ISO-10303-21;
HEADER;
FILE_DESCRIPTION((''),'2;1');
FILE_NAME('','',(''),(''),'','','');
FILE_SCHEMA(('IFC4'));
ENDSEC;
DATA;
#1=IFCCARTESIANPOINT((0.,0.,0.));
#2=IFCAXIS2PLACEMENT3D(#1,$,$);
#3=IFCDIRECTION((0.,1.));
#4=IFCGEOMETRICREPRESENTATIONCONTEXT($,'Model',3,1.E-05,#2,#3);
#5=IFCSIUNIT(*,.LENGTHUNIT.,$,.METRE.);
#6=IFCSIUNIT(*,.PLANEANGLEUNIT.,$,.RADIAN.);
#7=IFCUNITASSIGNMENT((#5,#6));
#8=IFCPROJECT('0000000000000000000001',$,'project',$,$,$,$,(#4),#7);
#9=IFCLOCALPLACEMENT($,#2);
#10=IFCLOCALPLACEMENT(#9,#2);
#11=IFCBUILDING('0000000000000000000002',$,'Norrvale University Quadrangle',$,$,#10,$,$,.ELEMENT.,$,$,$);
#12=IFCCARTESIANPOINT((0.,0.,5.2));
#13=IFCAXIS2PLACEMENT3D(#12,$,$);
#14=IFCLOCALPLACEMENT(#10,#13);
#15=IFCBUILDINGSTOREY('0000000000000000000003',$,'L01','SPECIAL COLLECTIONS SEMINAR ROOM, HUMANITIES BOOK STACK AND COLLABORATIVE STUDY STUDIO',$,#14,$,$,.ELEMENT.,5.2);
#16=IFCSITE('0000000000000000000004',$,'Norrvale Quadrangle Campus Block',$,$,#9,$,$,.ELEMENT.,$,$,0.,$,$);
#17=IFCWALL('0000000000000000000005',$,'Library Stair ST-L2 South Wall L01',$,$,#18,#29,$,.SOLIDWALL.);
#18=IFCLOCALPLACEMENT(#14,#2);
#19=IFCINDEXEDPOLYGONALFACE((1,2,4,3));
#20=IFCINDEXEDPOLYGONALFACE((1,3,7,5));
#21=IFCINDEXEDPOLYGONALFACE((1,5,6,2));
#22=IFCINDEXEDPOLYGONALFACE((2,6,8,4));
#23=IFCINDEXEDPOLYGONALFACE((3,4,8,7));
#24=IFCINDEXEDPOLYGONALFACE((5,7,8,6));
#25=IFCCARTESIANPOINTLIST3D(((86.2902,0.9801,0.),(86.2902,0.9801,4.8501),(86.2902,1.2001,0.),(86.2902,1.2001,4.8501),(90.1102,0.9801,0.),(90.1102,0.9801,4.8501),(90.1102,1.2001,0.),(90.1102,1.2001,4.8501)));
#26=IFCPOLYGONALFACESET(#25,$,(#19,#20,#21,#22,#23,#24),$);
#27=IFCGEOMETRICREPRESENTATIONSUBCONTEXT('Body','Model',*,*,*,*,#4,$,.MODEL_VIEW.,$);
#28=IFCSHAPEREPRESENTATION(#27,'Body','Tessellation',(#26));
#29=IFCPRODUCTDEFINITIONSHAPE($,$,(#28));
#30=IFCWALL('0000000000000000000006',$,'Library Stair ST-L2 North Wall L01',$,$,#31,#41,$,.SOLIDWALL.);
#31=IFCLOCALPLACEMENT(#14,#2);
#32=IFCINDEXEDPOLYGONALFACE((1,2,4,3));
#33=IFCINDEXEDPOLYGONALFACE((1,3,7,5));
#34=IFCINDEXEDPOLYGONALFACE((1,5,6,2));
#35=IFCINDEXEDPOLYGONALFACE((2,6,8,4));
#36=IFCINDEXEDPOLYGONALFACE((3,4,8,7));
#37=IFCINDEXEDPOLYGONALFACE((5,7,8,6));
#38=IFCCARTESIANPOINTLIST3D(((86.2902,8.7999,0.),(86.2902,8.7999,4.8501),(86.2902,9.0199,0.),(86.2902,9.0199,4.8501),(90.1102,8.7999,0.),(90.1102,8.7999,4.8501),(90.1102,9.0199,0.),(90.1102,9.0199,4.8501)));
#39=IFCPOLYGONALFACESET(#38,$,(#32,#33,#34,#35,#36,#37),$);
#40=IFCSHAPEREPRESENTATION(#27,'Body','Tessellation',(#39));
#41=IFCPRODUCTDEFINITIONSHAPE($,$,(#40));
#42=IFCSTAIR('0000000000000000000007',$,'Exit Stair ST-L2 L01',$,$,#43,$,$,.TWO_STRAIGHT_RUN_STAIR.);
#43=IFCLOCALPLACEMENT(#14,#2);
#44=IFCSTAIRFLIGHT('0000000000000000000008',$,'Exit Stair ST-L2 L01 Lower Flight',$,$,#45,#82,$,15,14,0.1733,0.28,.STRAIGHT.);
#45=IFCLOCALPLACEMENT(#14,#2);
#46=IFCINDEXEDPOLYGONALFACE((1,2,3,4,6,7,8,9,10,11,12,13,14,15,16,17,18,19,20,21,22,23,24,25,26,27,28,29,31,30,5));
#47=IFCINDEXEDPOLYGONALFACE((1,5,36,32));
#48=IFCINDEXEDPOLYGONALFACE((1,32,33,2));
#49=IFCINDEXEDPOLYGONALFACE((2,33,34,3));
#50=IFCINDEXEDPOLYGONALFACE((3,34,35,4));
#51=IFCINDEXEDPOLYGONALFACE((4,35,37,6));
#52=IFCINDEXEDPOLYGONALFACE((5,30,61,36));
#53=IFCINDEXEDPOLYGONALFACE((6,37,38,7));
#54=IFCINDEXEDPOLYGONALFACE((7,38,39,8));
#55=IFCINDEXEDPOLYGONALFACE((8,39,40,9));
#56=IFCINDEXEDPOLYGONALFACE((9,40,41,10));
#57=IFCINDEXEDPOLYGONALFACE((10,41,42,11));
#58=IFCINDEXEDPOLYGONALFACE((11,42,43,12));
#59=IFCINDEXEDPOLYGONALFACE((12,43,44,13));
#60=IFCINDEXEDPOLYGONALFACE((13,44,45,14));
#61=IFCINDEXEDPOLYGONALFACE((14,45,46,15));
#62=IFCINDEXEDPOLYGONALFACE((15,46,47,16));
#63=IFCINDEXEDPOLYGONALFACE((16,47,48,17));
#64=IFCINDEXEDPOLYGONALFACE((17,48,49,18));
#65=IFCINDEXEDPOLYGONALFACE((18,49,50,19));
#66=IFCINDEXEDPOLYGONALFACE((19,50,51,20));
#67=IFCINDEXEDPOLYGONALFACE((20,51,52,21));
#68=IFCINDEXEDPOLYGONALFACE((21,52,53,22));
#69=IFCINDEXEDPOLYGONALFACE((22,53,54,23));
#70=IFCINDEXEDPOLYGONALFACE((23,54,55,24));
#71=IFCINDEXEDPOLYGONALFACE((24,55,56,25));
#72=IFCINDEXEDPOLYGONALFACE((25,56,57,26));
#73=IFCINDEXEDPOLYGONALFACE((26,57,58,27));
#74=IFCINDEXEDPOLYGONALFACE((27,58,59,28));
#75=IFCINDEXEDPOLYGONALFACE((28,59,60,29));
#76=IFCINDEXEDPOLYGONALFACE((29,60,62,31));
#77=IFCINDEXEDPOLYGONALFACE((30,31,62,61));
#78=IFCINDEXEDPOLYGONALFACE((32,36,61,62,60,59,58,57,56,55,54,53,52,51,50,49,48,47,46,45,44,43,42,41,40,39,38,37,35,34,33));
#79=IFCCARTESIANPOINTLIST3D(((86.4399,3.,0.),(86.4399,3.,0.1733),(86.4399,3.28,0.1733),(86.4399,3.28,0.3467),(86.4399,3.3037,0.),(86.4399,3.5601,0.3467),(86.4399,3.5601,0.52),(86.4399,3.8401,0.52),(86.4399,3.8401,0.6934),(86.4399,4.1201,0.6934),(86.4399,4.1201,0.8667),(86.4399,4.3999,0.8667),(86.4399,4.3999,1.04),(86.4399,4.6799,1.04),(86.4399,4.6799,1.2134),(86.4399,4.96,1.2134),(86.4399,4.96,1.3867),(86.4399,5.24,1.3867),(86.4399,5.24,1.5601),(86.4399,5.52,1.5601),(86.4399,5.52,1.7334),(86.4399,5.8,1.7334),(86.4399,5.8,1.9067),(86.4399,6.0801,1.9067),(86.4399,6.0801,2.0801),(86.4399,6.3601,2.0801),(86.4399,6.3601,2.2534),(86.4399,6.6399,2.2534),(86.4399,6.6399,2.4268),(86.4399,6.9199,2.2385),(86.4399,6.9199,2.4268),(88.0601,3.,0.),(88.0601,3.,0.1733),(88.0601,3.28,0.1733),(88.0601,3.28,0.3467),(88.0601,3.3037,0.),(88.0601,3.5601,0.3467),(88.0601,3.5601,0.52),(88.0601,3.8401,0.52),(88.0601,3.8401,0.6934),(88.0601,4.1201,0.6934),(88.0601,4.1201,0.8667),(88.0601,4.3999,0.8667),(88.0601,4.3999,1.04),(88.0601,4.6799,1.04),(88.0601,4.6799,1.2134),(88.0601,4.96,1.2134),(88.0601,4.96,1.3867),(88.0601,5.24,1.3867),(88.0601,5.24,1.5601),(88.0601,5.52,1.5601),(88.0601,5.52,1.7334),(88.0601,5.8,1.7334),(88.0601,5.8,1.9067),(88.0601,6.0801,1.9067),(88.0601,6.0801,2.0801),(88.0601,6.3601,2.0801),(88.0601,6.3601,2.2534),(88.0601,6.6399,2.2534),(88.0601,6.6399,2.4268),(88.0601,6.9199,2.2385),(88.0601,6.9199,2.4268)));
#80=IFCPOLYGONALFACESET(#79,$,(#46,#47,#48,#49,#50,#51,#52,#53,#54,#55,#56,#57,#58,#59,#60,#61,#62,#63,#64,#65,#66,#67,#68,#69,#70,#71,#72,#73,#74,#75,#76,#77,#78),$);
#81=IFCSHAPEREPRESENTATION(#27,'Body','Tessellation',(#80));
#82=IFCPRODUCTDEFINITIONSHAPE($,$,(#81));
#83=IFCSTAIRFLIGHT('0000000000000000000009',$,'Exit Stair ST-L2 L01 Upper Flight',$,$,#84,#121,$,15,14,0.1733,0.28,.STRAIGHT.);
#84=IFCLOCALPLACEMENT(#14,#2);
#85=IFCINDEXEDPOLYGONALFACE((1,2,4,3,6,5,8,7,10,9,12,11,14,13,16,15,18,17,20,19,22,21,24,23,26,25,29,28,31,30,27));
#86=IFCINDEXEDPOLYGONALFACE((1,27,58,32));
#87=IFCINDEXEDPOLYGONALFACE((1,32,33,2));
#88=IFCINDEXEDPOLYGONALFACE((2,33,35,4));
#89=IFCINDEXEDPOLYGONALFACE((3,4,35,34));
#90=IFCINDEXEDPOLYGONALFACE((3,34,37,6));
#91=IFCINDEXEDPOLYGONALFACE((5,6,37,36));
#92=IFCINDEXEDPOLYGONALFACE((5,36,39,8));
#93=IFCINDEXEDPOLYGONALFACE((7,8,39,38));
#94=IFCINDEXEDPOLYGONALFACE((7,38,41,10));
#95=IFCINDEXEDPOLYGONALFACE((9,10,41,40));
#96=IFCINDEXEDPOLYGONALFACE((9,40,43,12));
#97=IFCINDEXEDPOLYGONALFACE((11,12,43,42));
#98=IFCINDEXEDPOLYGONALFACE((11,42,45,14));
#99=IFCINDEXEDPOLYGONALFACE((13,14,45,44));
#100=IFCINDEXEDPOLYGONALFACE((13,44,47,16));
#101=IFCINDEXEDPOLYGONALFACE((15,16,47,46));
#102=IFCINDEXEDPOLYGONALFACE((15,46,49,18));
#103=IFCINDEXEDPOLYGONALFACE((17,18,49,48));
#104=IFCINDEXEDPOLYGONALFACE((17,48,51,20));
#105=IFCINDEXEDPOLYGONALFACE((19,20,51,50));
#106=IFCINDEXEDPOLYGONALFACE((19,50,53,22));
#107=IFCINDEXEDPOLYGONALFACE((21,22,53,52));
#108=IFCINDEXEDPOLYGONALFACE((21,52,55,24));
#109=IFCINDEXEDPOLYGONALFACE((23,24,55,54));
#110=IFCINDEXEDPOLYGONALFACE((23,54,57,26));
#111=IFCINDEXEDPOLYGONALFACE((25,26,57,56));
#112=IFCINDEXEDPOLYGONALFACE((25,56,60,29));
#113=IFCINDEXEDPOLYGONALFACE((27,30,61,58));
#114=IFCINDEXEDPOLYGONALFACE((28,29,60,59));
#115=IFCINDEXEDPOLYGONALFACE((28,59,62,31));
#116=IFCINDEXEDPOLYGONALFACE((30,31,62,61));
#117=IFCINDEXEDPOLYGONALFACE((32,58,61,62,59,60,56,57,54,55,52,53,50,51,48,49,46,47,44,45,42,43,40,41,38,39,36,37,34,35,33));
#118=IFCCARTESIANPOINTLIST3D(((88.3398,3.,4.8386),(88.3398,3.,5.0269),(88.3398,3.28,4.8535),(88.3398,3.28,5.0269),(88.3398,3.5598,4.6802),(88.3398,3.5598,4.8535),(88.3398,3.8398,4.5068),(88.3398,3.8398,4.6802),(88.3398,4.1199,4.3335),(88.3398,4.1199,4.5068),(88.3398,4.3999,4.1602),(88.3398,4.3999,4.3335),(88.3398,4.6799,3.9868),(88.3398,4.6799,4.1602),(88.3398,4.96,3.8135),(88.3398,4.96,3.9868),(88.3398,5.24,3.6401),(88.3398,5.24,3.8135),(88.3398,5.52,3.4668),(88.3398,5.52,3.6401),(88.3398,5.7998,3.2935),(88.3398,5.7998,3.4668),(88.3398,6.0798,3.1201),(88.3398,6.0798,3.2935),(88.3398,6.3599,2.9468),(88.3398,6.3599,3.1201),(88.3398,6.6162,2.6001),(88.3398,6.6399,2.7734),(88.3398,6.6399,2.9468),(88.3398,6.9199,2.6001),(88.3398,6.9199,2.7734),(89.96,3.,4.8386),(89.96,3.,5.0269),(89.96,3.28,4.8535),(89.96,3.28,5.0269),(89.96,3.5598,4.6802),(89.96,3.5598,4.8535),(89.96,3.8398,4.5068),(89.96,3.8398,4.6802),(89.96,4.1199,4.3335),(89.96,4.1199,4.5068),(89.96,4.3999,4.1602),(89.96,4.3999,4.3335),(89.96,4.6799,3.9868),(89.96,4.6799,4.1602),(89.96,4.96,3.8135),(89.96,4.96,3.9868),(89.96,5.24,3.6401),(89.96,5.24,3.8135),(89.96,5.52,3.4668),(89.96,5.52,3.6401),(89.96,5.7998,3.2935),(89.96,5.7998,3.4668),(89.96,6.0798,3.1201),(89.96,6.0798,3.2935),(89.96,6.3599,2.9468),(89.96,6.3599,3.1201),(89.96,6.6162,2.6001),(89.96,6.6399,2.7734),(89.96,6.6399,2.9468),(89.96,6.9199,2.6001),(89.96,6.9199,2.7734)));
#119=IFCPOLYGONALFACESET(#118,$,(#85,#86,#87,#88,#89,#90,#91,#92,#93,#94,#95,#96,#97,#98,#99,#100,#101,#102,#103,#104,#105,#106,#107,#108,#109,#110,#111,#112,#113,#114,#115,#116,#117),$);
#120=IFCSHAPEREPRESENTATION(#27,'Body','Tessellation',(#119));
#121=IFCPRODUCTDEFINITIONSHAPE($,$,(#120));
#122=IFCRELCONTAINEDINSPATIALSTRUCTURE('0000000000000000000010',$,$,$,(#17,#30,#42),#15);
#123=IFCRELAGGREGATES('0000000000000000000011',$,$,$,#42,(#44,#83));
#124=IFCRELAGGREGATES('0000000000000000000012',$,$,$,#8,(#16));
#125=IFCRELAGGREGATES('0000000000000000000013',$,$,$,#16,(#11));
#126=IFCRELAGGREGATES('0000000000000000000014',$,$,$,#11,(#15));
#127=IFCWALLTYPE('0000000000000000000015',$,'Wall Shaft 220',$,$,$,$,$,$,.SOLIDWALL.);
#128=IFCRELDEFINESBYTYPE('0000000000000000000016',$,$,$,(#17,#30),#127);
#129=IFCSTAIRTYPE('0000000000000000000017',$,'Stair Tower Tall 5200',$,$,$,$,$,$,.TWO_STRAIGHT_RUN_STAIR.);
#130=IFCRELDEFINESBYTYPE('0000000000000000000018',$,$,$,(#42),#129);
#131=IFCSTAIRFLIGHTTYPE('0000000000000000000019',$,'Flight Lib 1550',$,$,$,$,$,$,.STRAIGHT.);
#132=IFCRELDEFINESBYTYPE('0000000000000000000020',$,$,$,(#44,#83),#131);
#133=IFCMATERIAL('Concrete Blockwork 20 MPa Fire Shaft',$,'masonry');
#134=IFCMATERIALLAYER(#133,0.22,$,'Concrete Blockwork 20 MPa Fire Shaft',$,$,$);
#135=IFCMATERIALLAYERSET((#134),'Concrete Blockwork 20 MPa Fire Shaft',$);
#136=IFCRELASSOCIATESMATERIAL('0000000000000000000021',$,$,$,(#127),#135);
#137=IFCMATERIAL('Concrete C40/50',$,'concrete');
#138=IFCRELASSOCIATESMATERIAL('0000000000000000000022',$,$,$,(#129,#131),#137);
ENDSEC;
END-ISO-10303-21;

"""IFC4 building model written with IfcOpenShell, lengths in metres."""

from ifc_helpers import new_model, si_unit, direction, frame, frame_2d, origin, place, context, subcontext, project, spatial, polyline, rectangle, outline, extrude, material, layer, layer_set, type_object, element, aggregate, save


model = new_model("IFC4")

# Units and contexts
model_context = context("Model", 3, precision=1e-05, world=origin(), true_north=direction((0.0, 1.0)))
body_context = subcontext(model_context, "Body", "Model", "MODEL_VIEW")
ifc_project = project(units=[si_unit("LENGTHUNIT", "METRE"), si_unit("PLANEANGLEUNIT", "RADIAN")], contexts=[model_context])

# Site, building, storey
site_placement = place(None, origin())
site = spatial("IfcSite", under=ifc_project, at=site_placement, Name="Norrvale Quadrangle Campus Block", CompositionType="ELEMENT", RefElevation=0.0)
building_placement = place(site_placement, origin())
building = spatial("IfcBuilding", under=site, at=building_placement, Name="Norrvale University Quadrangle", CompositionType="ELEMENT")
storey_placement = place(building_placement, frame((0.0, 0.0, 5.2)))
storey = spatial("IfcBuildingStorey", under=building, at=storey_placement, Name="L01", Description="SPECIAL COLLECTIONS SEMINAR ROOM, HUMANITIES BOOK STACK AND COLLABORATIVE STUDY STUDIO", CompositionType="ELEMENT", Elevation=5.2)

# Walls
ifc_material_1 = material(Name="Concrete Blockwork 20 MPa Fire Shaft", Category="masonry")
ifc_layer = layer(ifc_material_1, 0.22, Name="Concrete Blockwork 20 MPa Fire Shaft")
ifc_layer_set = layer_set([ifc_layer], Name="Concrete Blockwork 20 MPa Fire Shaft")
wall_type = type_object("IfcWallType", Name="Wall Shaft 220", PredefinedType="SOLIDWALL", material=ifc_layer_set)
for number, where, z_axis, x_axis, name in (
    (1, (86.29, 1.0901, 0.0), (0.0, 0.0, 1.0), (1.0, 0.0, 0.0), "Library Stair ST-L2 South Wall L01"),
    (2, (86.29, 8.9099, 0.0), (0.0, 0.0, 1.0), (1.0, 0.0, 0.0), "Library Stair ST-L2 North Wall L01"),
):
    element("IfcWall", number, at=place(storey_placement, frame(where, z_axis=z_axis, x_axis=x_axis)), inside=storey, type_object=wall_type, Name=name, PredefinedType="SOLIDWALL", context=body_context, shape_type="SweptSolid", body=[
        extrude(rectangle(XDim=3.8201, YDim=0.22, at=frame_2d((1.9102, 0.0))), origin(), (0.0, 0.0, 1.0), 4.8501),
    ])

# Stair, stair flights
ifc_material_2 = material(Name="Concrete C40/50", Category="concrete")
stair_type = type_object("IfcStairType", Name="Stair Tower Tall 5200", PredefinedType="TWO_STRAIGHT_RUN_STAIR", material=ifc_material_2)
stair_placement = place(storey_placement, origin())
stair = element("IfcStair", 3, at=stair_placement, inside=storey, type_object=stair_type, Name="Exit Stair ST-L2 L01", PredefinedType="TWO_STRAIGHT_RUN_STAIR")
stair_flight_type = type_object("IfcStairFlightType", Name="Flight Lib 1550", PredefinedType="STRAIGHT", material=ifc_material_2)
stair_flight_1_placement = place(storey_placement, frame((87.25, 3.0, 0.0), z_axis=(0.0, 0.0, 1.0), x_axis=(0.0, 1.0, 0.0)))
stair_flight_1 = element("IfcStairFlight", 4, at=stair_flight_1_placement, type_object=stair_flight_type, Name="Exit Stair ST-L2 L01 Lower Flight", NumberOfRisers=15, NumberOfTreads=14, PredefinedType="STRAIGHT", RiserHeight=0.1733, TreadLength=0.28, context=body_context, shape_type="SweptSolid", body=[
    extrude(outline(polyline([(0.0, 0.0), (0.0, 0.1733), (0.28, 0.1733), (0.28, 0.3467), (0.5601, 0.3467), (0.5601, 0.52), (0.8401, 0.52), (0.8401, 0.6934), (1.1201, 0.6934), (1.1201, 0.8667), (1.3999, 0.8667), (1.3999, 1.04), (1.6799, 1.04), (1.6799, 1.2134), (1.96, 1.2134), (1.96, 1.3867), (2.24, 1.3867), (2.24, 1.5601), (2.52, 1.5601), (2.52, 1.7334), (2.8, 1.7334), (2.8, 1.9067), (3.0801, 1.9067), (3.0801, 2.0801), (3.3601, 2.0801), (3.3601, 2.2534), (3.6399, 2.2534), (3.6399, 2.4268), (3.9199, 2.4268), (3.9199, 2.6001), (3.9199, 2.2385), (0.3037, 0.0), (0.0, 0.0)])), frame((0.0, 0.8101, 0.0), z_axis=(0.0, -1.0, 0.0), x_axis=(1.0, 0.0, 0.0)), (0.0, 0.0, 1.0), 1.6201),
])
stair_flight_2_placement = place(storey_placement, frame((89.1499, 6.9199, 2.6001), z_axis=(0.0, 0.0, 1.0), x_axis=(0.0, -1.0, 0.0)))
stair_flight_2 = element("IfcStairFlight", 5, at=stair_flight_2_placement, type_object=stair_flight_type, Name="Exit Stair ST-L2 L01 Upper Flight", NumberOfRisers=15, NumberOfTreads=14, PredefinedType="STRAIGHT", RiserHeight=0.1733, TreadLength=0.28, context=body_context, shape_type="SweptSolid", body=[
    extrude(outline(polyline([(0.0, 0.0), (0.0, 0.1733), (0.28, 0.1733), (0.28, 0.3467), (0.5601, 0.3467), (0.5601, 0.52), (0.8401, 0.52), (0.8401, 0.6934), (1.1201, 0.6934), (1.1201, 0.8667), (1.3999, 0.8667), (1.3999, 1.04), (1.6799, 1.04), (1.6799, 1.2134), (1.96, 1.2134), (1.96, 1.3867), (2.24, 1.3867), (2.24, 1.5601), (2.52, 1.5601), (2.52, 1.7334), (2.8, 1.7334), (2.8, 1.9067), (3.0801, 1.9067), (3.0801, 2.0801), (3.3601, 2.0801), (3.3601, 2.2534), (3.6399, 2.2534), (3.6399, 2.4268), (3.9199, 2.4268), (3.9199, 2.6001), (3.9199, 2.2385), (0.3037, 0.0), (0.0, 0.0)])), frame((0.0, 0.8101, 0.0), z_axis=(0.0, -1.0, 0.0), x_axis=(1.0, 0.0, 0.0)), (0.0, 0.0, 1.0), 1.6201),
])
aggregate(stair, [stair_flight_1, stair_flight_2])

save(model, "model.ifc")
